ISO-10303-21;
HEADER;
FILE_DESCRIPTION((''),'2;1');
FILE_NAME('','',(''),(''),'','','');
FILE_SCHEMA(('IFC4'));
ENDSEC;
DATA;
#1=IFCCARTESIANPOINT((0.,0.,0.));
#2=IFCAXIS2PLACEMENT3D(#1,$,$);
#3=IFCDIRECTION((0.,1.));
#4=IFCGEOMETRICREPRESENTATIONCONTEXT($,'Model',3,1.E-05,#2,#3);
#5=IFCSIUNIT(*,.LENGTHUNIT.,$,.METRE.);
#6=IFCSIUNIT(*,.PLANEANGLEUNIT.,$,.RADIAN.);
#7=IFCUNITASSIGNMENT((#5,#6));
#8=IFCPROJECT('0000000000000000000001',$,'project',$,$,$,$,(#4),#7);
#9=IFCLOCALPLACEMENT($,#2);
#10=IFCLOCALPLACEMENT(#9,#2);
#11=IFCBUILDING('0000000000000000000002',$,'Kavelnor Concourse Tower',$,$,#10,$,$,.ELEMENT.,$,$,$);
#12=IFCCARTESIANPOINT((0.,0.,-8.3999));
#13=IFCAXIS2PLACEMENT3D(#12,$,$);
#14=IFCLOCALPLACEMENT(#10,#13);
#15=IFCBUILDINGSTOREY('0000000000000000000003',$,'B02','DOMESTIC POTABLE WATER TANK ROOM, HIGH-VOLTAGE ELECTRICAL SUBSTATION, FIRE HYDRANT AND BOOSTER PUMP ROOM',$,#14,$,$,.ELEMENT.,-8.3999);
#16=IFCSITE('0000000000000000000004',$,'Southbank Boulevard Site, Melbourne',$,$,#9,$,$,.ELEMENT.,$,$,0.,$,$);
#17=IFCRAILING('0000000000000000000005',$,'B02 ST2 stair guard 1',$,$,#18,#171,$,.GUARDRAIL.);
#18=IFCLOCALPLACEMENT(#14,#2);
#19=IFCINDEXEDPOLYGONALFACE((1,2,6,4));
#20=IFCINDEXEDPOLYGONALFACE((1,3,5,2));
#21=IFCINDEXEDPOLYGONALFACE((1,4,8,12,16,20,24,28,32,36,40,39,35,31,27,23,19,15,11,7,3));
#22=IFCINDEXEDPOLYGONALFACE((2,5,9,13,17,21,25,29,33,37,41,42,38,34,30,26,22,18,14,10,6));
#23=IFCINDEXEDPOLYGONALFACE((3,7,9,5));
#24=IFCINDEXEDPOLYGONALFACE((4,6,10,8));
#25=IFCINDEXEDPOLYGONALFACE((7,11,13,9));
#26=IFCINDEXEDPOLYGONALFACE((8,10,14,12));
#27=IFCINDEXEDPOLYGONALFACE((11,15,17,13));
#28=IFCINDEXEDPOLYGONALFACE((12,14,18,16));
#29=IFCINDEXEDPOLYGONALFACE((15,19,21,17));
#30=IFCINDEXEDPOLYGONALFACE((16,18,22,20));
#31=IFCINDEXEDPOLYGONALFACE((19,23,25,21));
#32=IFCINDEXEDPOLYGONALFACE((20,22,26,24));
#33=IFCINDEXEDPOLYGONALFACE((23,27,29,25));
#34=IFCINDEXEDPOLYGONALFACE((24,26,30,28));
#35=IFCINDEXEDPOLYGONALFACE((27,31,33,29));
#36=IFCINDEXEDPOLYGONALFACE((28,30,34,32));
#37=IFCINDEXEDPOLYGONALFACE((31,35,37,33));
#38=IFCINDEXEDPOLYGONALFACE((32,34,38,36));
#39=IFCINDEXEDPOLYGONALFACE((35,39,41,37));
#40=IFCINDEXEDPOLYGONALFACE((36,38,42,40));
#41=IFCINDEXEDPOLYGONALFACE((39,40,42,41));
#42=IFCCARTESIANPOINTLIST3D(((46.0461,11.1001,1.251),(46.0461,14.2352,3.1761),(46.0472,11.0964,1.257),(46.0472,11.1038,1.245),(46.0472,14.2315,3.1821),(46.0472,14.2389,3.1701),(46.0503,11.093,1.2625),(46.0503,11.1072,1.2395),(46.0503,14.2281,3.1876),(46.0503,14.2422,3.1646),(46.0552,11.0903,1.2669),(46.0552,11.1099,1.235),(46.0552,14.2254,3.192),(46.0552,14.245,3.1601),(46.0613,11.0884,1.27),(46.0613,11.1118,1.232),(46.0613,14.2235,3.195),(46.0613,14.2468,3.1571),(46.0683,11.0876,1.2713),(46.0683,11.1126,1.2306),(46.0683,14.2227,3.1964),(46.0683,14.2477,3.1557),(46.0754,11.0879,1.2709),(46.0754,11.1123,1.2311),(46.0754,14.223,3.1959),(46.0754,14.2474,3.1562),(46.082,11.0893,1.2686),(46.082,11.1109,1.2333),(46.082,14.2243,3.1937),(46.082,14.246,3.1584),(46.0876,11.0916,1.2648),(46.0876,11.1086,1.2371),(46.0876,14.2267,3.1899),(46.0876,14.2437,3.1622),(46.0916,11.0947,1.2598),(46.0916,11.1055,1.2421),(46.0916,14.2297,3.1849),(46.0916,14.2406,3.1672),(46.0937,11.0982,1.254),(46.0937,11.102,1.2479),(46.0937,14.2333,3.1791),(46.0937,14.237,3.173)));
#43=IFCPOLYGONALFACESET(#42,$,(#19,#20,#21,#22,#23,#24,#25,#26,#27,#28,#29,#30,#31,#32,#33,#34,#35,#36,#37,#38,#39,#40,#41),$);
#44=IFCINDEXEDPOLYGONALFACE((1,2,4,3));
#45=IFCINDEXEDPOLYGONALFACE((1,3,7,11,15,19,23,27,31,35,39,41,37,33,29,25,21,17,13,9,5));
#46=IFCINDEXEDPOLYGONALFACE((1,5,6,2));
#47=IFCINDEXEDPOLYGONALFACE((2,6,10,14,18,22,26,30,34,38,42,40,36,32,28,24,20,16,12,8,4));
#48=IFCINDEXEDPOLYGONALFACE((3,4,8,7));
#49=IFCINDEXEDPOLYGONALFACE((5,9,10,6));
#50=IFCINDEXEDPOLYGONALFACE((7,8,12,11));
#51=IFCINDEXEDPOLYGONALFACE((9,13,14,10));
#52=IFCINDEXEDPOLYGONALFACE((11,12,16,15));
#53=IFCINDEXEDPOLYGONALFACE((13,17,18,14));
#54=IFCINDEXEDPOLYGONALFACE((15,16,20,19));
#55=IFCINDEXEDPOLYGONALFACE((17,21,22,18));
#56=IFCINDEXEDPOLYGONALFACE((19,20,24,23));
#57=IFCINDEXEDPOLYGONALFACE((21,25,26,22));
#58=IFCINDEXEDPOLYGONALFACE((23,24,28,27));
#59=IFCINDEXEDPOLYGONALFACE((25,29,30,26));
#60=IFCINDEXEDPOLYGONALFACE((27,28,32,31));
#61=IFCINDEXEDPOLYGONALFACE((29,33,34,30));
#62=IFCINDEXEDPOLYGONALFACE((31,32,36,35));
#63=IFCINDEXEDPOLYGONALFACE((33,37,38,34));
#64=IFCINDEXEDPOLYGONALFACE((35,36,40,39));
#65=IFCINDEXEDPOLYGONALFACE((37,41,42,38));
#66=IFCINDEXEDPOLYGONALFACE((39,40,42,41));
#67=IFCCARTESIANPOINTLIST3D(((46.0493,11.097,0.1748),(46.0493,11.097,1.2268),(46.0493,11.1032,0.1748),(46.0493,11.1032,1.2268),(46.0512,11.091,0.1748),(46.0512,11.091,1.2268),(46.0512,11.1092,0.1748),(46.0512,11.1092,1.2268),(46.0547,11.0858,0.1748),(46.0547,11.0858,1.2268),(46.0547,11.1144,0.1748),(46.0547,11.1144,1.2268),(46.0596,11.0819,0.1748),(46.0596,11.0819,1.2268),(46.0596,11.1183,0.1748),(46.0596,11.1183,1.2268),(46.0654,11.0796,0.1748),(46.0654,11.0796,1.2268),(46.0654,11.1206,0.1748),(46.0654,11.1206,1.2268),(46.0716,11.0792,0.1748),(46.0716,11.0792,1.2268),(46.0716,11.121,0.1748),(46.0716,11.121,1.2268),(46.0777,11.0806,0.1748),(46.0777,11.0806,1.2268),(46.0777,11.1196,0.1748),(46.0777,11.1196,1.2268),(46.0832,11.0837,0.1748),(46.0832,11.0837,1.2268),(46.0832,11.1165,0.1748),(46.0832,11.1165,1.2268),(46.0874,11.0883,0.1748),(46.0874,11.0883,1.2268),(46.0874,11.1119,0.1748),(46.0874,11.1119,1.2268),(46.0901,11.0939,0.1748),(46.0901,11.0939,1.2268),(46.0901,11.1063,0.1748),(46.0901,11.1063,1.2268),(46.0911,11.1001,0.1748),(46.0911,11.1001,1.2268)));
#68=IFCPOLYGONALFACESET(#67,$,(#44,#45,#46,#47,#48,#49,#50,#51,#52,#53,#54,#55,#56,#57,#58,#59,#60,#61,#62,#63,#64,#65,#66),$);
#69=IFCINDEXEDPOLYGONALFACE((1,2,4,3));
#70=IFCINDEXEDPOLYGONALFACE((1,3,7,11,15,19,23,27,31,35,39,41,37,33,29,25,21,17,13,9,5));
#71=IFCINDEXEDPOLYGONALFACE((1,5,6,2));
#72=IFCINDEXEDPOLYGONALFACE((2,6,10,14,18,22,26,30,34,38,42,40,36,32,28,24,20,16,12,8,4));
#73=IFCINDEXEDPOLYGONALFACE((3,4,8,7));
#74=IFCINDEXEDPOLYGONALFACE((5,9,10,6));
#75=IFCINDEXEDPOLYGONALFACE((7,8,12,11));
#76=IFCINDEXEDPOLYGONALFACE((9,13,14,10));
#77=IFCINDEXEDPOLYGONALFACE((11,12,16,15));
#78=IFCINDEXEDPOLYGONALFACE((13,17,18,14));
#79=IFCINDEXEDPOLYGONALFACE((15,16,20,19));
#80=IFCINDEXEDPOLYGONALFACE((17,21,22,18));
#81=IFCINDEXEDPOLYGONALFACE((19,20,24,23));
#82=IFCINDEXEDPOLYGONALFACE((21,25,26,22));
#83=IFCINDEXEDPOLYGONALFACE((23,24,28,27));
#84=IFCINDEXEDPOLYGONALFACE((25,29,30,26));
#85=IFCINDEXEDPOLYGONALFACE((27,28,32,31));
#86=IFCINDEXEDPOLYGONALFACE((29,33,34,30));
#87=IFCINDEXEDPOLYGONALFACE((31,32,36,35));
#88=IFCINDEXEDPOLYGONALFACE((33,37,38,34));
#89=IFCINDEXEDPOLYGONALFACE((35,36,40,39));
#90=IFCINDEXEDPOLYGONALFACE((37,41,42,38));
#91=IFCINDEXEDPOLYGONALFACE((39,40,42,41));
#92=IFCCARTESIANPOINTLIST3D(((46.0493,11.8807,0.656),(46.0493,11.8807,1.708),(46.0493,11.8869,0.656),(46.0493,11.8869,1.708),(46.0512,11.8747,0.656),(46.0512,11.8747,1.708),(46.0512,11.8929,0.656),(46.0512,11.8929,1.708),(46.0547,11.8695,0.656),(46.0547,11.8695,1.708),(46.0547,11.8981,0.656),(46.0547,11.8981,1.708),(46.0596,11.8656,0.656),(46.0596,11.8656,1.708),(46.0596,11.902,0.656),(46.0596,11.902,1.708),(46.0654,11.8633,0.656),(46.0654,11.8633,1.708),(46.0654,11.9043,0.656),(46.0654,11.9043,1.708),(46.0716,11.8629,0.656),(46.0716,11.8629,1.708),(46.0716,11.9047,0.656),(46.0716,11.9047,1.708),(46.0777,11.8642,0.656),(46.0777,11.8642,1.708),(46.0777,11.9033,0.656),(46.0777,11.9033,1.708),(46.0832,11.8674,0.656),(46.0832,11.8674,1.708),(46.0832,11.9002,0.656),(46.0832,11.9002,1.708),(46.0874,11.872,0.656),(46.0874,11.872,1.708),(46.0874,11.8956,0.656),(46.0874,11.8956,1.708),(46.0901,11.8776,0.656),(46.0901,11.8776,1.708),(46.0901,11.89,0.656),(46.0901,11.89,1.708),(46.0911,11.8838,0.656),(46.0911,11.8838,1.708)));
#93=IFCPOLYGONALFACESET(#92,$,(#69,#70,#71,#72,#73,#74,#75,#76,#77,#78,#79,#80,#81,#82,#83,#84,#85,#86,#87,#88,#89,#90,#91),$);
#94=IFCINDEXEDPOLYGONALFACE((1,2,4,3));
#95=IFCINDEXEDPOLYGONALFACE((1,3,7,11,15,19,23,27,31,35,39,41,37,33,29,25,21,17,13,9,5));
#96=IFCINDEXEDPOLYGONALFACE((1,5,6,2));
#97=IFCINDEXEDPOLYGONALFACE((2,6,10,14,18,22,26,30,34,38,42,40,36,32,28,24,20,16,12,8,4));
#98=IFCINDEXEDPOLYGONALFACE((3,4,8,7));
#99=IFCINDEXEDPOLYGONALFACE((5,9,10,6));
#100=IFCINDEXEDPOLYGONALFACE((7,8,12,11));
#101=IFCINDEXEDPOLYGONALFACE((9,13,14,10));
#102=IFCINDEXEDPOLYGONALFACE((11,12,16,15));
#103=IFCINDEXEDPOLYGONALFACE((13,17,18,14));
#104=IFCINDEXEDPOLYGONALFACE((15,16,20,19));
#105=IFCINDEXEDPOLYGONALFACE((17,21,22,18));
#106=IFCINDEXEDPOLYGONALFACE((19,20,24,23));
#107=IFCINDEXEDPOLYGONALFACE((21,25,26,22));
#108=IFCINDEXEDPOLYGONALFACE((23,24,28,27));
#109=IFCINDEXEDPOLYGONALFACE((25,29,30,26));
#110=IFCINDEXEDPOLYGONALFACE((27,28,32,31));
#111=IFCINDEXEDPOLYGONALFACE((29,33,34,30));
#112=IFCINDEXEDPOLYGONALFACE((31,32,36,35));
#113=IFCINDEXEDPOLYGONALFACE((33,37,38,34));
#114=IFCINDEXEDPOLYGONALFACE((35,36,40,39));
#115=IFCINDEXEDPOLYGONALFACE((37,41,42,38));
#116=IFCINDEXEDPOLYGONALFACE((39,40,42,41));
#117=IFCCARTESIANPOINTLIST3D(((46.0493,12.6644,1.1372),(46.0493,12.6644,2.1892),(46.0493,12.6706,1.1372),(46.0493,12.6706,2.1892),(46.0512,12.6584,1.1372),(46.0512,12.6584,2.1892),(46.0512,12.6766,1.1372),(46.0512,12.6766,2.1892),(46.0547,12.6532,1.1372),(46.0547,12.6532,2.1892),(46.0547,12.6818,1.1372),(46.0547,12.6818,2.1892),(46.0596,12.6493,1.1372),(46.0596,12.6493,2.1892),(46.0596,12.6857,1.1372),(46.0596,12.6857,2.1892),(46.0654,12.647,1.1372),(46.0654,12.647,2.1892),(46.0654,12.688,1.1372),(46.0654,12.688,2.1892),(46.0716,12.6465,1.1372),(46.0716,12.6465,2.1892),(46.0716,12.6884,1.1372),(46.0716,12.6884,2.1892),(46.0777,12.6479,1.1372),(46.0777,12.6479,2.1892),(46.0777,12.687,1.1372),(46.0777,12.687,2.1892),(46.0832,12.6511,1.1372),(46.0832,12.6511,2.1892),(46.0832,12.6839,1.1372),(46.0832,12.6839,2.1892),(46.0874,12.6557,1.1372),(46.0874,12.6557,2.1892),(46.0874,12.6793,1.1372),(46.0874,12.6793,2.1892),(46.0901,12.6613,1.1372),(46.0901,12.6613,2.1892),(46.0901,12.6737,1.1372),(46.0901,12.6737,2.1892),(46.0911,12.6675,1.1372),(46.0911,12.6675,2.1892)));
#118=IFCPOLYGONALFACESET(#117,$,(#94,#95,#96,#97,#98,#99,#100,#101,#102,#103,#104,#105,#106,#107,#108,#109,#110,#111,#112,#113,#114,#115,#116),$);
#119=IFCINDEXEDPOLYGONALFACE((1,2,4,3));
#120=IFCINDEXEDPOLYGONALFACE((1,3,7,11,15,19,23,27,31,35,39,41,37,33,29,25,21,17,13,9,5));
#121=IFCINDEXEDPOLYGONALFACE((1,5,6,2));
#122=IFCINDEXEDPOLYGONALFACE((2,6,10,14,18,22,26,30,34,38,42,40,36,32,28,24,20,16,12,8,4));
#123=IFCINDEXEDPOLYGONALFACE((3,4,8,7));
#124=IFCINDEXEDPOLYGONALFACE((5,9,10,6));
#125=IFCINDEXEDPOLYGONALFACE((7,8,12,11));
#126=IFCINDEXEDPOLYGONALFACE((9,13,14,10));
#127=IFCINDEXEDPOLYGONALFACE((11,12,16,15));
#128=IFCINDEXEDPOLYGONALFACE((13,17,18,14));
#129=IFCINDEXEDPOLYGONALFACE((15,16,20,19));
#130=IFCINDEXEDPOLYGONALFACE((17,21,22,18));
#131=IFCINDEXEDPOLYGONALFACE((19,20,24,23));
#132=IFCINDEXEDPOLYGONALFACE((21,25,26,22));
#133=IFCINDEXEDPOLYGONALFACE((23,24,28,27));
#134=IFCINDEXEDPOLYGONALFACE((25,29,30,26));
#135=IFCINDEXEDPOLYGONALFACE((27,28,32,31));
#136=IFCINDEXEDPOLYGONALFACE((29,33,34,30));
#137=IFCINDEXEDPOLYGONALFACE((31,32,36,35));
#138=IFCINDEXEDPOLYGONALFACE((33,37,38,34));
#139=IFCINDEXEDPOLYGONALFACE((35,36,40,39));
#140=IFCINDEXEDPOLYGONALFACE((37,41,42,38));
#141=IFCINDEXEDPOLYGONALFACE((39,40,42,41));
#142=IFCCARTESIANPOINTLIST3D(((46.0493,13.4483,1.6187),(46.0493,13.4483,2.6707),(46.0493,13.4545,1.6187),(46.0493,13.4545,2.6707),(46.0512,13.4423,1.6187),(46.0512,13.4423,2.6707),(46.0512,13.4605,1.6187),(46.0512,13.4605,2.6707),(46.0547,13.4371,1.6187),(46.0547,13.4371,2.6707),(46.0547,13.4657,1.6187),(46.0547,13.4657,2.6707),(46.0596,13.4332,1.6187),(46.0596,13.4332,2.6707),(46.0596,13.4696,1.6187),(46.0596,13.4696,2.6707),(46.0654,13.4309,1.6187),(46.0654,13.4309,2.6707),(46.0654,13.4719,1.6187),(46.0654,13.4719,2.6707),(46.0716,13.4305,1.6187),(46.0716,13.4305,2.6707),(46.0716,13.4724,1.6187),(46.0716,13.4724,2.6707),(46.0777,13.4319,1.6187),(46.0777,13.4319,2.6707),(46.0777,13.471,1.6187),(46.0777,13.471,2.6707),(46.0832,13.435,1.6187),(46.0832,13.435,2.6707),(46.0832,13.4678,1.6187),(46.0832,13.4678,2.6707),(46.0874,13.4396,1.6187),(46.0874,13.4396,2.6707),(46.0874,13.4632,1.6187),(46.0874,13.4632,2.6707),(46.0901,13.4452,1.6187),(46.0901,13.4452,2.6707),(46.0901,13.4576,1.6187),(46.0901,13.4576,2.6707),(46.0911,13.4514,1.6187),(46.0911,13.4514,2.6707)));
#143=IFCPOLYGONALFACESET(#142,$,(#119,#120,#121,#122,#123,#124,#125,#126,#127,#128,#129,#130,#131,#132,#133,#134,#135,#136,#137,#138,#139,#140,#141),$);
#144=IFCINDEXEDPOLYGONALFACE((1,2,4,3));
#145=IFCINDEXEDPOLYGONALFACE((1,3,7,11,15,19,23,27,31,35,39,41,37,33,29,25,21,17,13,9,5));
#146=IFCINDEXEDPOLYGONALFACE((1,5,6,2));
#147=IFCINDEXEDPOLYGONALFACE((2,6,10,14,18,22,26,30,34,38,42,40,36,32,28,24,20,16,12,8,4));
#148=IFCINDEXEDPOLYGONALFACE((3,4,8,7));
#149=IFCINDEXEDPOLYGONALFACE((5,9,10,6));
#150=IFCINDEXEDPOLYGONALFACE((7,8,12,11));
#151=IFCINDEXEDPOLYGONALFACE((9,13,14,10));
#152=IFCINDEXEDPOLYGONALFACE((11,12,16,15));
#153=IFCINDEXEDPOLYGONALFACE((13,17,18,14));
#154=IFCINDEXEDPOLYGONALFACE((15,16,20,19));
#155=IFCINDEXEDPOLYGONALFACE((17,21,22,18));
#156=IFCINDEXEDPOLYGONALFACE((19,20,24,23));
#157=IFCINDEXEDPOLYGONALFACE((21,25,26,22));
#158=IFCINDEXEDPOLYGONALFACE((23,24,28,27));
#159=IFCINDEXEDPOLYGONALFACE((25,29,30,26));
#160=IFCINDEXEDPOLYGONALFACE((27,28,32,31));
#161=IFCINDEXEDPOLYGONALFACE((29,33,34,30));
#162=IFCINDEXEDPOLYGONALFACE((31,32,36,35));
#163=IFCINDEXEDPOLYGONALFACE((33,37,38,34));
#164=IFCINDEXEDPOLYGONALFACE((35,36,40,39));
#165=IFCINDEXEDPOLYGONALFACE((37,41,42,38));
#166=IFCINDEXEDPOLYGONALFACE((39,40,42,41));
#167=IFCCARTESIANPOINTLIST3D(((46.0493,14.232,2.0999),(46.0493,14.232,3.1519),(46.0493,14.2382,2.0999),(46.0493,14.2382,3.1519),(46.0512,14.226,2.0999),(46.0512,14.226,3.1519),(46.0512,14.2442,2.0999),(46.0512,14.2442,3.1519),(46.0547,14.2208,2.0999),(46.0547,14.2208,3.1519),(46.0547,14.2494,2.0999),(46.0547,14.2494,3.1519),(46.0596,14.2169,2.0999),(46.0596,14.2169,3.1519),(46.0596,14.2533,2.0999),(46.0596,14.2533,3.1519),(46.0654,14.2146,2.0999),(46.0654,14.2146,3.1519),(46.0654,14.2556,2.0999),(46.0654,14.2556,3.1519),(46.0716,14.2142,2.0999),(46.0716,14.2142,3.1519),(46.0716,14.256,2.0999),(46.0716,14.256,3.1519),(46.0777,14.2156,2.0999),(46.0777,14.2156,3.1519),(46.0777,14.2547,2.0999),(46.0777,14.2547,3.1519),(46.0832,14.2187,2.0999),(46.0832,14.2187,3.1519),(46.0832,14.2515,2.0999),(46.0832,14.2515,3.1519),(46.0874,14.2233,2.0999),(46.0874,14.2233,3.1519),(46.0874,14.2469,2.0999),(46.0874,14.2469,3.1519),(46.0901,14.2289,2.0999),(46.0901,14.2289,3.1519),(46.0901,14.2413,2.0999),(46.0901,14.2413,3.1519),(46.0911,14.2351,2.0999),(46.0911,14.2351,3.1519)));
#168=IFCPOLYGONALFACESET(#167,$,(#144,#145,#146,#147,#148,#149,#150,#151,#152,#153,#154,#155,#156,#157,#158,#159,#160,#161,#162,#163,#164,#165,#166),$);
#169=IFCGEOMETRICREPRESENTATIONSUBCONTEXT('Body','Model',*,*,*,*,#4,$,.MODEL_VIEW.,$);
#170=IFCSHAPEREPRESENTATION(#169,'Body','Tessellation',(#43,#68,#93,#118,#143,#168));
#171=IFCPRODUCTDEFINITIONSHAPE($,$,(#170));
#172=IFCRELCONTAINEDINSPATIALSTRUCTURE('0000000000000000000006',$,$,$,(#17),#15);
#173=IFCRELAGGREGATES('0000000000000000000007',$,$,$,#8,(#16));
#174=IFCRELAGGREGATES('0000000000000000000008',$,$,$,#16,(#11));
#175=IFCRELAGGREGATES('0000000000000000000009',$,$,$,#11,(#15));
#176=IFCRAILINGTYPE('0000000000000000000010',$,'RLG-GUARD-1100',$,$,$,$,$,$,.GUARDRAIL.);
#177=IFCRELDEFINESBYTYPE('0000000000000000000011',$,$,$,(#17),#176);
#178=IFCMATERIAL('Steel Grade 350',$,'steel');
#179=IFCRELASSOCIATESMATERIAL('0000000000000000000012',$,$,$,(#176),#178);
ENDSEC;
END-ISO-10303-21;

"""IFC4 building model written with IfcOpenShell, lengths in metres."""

from ifc_helpers import new_model, si_unit, direction, frame, origin, origin_2d, place, context, subcontext, project, spatial, circle, extrude, material, type_object, element, save


model = new_model("IFC4")

# Units and contexts
model_context = context("Model", 3, precision=1e-05, world=origin(), true_north=direction((0.0, 1.0)))
body_context = subcontext(model_context, "Body", "Model", "MODEL_VIEW")
ifc_project = project(units=[si_unit("LENGTHUNIT", "METRE"), si_unit("PLANEANGLEUNIT", "RADIAN")], contexts=[model_context])

# Site, building, storey
site_placement = place(None, origin())
site = spatial("IfcSite", under=ifc_project, at=site_placement, Name="Southbank Boulevard Site, Melbourne", CompositionType="ELEMENT", RefElevation=0.0)
building_placement = place(site_placement, origin())
building = spatial("IfcBuilding", under=site, at=building_placement, Name="Kavelnor Concourse Tower", CompositionType="ELEMENT")
storey_placement = place(building_placement, frame((0.0, 0.0, -8.3999)))
storey = spatial("IfcBuildingStorey", under=building, at=storey_placement, Name="B02", Description="DOMESTIC POTABLE WATER TANK ROOM, HIGH-VOLTAGE ELECTRICAL SUBSTATION, FIRE HYDRANT AND BOOSTER PUMP ROOM", CompositionType="ELEMENT", Elevation=-8.3999)

# Shared definitions
ifc_material_1 = material(Name="Steel Grade 350", Category="steel")

# Railing
railing_type_1 = type_object("IfcRailingType", Name="RLG-GUARD-1100", PredefinedType="GUARDRAIL", material=ifc_material_1)
railing_1_placement = place(storey_placement, frame((46.0701, 11.1001, 0.1748)))
element("IfcRailing", 1, at=railing_1_placement, inside=storey, type_object=railing_type_1, Name="B02 ST2 stair guard 1", PredefinedType="GUARDRAIL", context=body_context, shape_type="SweptSolid", body=[
    extrude(circle(Radius=0.0239, at=origin_2d()), frame((0.0, 0.0, 1.0762), z_axis=(0.0, 0.852166, 0.523271), x_axis=(-1.0, 0.0, 0.0)), (0.0, 0.0, 1.0), 3.679),
    extrude(circle(Radius=0.021, at=origin_2d()), origin(), (0.0, 0.0, 1.0), 1.052),
    extrude(circle(Radius=0.021, at=origin_2d()), frame((0.0, 0.7837, 0.4812)), (0.0, 0.0, 1.0), 1.052),
    extrude(circle(Radius=0.021, at=origin_2d()), frame((0.0, 1.5674, 0.9624)), (0.0, 0.0, 1.0), 1.052),
    extrude(circle(Radius=0.021, at=origin_2d()), frame((0.0, 2.3513, 1.4438)), (0.0, 0.0, 1.0), 1.052),
    extrude(circle(Radius=0.021, at=origin_2d()), frame((0.0, 3.135, 1.925)), (0.0, 0.0, 1.0), 1.052),
])

save(model, "model.ifc")
